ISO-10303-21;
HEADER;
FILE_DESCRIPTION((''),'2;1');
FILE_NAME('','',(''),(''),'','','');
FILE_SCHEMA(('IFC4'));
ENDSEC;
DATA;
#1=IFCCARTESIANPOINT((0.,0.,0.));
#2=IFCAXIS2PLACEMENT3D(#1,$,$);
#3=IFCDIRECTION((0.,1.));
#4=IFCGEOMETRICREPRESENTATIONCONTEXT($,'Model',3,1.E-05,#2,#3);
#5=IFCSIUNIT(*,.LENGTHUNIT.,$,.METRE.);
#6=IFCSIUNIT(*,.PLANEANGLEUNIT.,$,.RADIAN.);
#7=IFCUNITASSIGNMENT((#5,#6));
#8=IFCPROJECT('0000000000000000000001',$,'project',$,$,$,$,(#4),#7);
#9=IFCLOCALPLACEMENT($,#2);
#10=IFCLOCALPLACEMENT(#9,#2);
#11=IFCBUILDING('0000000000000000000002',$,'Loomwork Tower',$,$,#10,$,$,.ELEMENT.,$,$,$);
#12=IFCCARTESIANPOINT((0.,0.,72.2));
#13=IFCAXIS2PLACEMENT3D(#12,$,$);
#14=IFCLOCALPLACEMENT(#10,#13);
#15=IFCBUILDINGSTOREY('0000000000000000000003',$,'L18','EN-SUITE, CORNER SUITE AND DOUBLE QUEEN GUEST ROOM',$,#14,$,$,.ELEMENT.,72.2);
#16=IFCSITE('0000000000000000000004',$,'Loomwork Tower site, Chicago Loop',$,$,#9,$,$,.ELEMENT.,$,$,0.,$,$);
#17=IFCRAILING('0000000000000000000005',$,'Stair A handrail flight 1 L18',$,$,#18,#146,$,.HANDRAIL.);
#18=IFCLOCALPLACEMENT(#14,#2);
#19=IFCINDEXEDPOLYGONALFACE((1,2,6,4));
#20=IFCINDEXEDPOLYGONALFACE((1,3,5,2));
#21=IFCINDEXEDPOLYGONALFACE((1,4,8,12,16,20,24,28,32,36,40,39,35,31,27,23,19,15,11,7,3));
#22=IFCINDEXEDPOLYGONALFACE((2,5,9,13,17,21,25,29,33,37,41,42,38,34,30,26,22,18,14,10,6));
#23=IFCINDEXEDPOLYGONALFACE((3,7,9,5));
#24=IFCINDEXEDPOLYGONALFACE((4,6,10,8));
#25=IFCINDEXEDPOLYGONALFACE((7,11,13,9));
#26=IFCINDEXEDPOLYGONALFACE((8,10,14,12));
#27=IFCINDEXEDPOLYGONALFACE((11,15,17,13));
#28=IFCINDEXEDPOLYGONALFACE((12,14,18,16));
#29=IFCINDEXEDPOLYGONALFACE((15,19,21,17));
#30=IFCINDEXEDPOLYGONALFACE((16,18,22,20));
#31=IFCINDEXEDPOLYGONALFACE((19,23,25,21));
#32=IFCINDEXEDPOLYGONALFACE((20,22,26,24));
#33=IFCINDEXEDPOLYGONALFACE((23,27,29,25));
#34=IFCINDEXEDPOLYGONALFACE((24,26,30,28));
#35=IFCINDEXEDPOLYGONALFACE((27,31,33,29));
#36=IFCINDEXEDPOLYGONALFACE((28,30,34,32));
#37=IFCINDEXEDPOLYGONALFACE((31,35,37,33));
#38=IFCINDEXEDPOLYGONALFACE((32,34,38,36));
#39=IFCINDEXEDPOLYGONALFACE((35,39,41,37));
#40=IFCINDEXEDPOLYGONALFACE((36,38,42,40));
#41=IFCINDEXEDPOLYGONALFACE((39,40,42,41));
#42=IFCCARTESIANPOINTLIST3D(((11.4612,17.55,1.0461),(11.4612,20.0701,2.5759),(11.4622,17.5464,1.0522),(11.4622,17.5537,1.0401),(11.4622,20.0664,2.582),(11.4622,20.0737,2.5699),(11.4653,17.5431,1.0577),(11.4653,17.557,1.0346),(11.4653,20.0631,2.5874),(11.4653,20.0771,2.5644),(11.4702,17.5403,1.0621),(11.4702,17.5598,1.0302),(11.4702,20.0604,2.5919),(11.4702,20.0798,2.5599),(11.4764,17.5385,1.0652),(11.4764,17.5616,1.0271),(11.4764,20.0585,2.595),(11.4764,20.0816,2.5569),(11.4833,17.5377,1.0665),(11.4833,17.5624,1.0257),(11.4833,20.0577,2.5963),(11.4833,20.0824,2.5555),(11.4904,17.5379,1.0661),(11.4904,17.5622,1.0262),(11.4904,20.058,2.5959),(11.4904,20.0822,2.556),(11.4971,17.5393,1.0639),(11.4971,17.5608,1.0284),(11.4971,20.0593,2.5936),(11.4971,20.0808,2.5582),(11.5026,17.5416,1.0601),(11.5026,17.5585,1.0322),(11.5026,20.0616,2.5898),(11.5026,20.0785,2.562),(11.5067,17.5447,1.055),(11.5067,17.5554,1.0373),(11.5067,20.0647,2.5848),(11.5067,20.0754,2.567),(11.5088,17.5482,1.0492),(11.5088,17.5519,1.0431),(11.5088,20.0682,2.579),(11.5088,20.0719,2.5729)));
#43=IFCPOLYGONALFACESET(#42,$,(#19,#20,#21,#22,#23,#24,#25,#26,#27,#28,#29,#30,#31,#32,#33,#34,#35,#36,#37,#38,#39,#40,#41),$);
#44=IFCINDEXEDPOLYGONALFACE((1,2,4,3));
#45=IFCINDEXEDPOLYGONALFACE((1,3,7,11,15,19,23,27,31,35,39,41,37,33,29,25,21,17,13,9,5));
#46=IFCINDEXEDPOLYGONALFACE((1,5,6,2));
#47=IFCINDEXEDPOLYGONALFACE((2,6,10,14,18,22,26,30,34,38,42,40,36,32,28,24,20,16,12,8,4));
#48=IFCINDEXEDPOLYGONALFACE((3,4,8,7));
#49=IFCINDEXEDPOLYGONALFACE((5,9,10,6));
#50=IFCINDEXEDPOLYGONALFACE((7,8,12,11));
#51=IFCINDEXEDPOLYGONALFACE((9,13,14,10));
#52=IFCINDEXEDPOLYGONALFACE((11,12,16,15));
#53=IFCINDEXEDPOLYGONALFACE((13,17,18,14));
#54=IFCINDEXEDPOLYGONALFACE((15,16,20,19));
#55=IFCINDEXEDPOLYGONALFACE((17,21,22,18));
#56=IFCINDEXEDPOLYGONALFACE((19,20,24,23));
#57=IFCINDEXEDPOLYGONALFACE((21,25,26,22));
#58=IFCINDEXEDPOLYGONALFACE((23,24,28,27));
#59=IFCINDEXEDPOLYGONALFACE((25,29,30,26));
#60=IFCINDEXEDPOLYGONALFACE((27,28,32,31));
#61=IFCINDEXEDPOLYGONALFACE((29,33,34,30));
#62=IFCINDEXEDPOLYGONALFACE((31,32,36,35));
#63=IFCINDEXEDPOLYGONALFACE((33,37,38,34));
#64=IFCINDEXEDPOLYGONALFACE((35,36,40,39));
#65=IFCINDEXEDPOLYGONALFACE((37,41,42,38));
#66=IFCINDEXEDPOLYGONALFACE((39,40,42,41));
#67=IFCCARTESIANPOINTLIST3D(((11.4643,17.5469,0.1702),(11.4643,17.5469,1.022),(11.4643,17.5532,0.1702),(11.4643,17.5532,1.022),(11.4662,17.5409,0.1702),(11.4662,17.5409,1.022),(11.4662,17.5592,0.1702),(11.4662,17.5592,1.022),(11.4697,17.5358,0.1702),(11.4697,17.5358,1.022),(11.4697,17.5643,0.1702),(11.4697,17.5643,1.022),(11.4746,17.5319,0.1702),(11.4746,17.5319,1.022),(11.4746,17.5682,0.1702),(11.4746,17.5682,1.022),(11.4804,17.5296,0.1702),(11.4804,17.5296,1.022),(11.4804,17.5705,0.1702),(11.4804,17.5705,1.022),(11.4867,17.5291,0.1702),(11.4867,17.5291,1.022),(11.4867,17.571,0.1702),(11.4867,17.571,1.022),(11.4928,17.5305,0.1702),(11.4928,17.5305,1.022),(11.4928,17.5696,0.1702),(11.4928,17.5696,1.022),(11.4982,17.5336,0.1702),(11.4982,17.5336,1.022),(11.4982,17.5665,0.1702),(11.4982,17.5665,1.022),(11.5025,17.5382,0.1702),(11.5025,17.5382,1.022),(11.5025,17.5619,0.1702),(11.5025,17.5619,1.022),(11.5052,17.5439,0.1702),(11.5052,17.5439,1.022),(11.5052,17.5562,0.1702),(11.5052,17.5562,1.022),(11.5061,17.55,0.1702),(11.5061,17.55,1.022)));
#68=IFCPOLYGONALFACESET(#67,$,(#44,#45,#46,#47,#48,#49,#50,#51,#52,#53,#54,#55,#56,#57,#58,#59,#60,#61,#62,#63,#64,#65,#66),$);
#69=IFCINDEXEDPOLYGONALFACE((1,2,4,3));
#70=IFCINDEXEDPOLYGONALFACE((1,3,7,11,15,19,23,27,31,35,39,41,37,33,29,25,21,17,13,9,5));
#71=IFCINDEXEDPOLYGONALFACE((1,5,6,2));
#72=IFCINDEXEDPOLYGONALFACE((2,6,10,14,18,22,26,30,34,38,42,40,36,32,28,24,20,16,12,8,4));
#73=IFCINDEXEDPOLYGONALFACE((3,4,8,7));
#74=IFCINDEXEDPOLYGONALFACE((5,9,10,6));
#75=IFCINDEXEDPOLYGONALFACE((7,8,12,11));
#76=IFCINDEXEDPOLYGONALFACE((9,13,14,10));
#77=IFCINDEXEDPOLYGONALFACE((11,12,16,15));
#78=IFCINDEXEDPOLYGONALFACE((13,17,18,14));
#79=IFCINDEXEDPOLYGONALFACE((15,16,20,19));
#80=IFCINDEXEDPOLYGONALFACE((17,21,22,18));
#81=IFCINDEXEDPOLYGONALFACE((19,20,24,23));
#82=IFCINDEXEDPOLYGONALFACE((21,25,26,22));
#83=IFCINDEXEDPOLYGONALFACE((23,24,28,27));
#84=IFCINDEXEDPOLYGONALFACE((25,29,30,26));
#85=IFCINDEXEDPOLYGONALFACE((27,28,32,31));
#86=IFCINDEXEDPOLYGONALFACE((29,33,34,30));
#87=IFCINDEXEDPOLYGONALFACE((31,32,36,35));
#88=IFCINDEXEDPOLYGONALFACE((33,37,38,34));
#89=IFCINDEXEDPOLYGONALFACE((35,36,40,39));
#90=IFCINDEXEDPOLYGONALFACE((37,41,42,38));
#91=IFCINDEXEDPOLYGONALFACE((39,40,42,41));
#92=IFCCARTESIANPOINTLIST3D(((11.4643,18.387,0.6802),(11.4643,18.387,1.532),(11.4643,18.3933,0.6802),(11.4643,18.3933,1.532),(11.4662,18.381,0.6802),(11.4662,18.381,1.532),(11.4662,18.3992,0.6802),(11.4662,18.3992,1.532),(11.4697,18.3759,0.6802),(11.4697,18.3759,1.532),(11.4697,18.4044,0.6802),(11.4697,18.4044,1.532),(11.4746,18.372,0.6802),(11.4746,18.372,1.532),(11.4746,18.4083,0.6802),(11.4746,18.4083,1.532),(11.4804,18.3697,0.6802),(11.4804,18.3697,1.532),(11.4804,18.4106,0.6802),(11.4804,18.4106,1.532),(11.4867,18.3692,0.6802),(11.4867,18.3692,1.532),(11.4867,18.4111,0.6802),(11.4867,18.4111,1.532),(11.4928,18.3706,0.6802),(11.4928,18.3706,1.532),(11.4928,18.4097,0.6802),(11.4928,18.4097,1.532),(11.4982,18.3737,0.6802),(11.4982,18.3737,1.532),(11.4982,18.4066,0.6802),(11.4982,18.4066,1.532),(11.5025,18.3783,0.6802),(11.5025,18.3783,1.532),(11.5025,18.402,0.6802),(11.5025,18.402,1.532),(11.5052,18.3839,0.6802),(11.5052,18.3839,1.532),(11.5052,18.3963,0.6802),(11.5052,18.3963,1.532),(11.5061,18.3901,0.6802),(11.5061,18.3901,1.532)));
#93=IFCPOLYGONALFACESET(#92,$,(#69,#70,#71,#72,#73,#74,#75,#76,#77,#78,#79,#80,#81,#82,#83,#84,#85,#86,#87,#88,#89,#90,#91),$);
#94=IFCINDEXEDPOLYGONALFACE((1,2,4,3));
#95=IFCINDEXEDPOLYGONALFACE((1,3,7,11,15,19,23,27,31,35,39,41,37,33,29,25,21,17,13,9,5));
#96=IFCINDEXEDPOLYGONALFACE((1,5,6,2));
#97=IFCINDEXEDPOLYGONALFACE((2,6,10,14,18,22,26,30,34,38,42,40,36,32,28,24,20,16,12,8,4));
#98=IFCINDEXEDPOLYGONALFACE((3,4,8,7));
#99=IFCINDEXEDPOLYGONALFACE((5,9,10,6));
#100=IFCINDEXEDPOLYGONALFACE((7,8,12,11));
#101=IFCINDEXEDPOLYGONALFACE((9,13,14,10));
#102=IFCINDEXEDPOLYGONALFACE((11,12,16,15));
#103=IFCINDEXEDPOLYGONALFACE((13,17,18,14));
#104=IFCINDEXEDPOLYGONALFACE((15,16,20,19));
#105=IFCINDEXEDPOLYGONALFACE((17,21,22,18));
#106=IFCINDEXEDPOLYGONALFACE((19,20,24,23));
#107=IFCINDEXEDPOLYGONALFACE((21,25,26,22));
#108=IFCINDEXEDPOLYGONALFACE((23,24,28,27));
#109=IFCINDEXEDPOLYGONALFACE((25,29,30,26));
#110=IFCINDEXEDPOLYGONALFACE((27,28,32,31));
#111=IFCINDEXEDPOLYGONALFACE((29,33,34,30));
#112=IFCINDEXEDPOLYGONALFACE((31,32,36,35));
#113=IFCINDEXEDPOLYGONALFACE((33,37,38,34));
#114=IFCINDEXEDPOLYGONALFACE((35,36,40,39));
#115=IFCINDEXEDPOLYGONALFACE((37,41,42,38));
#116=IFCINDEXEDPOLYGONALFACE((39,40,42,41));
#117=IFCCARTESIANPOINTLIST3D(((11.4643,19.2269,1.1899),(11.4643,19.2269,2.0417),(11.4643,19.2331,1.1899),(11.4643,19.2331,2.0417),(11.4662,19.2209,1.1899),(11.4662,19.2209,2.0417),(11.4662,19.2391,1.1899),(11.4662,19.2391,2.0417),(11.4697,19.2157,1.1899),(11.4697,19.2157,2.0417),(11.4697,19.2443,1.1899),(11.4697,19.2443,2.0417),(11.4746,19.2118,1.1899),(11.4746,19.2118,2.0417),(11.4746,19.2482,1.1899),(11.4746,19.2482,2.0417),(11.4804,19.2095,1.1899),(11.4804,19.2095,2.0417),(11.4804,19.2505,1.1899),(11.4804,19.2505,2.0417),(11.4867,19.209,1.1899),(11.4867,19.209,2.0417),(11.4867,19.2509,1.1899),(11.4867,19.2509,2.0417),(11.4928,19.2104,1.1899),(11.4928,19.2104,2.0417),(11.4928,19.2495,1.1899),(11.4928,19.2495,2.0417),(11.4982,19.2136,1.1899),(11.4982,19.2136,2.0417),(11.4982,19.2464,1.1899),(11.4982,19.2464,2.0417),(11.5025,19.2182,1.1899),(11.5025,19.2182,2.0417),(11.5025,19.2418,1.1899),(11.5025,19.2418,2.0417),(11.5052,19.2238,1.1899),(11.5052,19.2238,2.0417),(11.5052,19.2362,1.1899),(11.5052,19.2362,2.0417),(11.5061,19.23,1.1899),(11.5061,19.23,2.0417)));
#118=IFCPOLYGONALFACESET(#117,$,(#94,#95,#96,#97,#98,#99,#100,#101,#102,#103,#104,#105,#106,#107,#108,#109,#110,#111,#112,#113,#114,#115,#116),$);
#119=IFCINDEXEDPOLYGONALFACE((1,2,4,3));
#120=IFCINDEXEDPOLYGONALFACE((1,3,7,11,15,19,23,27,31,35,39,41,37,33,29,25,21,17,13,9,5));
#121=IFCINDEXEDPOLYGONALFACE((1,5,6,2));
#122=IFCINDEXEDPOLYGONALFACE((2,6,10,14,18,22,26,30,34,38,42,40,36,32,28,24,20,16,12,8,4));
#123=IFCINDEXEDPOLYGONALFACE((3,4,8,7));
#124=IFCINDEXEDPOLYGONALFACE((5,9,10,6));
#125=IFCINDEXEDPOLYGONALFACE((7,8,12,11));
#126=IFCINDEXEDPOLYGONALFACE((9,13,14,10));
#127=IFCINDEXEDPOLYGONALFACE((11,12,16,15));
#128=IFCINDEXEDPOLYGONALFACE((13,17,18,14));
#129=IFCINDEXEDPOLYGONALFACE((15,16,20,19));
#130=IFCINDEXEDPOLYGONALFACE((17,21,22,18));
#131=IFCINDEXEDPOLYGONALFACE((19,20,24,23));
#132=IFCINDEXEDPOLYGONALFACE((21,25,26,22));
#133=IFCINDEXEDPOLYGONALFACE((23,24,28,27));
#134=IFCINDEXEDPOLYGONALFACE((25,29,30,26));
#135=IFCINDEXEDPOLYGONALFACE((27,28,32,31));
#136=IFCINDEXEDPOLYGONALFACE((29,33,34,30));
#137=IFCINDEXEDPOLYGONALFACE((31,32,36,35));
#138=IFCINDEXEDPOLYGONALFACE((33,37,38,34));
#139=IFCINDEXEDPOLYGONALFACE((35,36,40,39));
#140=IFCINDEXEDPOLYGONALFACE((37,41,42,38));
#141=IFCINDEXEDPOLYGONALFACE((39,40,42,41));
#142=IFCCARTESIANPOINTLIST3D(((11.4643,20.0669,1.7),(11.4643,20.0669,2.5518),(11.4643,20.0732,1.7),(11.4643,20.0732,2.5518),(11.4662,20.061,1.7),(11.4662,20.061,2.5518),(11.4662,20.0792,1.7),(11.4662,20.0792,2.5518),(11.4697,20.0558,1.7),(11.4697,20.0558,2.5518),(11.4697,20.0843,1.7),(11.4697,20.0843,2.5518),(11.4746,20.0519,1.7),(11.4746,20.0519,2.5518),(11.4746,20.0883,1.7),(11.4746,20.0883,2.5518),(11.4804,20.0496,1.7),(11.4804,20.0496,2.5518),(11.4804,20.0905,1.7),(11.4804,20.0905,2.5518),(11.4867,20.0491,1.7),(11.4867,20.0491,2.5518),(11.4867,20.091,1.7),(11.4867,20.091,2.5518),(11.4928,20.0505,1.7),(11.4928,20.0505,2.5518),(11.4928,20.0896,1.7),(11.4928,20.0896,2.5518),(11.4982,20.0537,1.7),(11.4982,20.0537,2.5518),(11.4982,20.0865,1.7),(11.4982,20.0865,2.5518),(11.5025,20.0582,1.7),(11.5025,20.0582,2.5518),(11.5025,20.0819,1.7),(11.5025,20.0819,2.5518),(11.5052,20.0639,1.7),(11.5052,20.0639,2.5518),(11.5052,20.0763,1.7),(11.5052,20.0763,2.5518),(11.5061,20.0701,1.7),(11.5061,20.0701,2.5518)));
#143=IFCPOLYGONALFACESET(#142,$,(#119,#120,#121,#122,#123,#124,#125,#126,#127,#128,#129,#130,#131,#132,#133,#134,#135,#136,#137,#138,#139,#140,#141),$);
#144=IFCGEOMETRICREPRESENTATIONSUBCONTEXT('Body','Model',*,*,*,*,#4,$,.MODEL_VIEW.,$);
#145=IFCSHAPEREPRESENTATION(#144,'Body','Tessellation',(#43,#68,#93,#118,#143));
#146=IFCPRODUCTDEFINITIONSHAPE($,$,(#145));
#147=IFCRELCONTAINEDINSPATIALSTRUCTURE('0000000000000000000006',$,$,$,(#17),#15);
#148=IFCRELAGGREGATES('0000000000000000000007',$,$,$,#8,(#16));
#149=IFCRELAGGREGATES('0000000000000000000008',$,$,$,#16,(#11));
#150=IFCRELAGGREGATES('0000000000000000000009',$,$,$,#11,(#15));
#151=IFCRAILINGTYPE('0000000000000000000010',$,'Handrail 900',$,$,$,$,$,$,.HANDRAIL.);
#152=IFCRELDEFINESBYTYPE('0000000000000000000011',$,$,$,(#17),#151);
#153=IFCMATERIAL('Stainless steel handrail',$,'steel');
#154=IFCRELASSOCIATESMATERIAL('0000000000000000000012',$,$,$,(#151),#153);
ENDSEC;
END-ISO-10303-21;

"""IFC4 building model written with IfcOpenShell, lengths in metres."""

from ifc_helpers import new_model, si_unit, direction, frame, origin, origin_2d, place, context, subcontext, project, spatial, circle, extrude, material, type_object, element, save


model = new_model("IFC4")

# Units and contexts
model_context = context("Model", 3, precision=1e-05, world=origin(), true_north=direction((0.0, 1.0)))
body_context = subcontext(model_context, "Body", "Model", "MODEL_VIEW")
ifc_project = project(units=[si_unit("LENGTHUNIT", "METRE"), si_unit("PLANEANGLEUNIT", "RADIAN")], contexts=[model_context])

# Site, building, storey
site_placement = place(None, origin())
site = spatial("IfcSite", under=ifc_project, at=site_placement, Name="Loomwork Tower site, Chicago Loop", CompositionType="ELEMENT", RefElevation=0.0)
building_placement = place(site_placement, origin())
building = spatial("IfcBuilding", under=site, at=building_placement, Name="Loomwork Tower", CompositionType="ELEMENT")
storey_placement = place(building_placement, frame((0.0, 0.0, 72.2)))
storey = spatial("IfcBuildingStorey", under=building, at=storey_placement, Name="L18", Description="EN-SUITE, CORNER SUITE AND DOUBLE QUEEN GUEST ROOM", CompositionType="ELEMENT", Elevation=72.2)

# Railing
ifc_material_1 = material(Name="Stainless steel handrail", Category="steel")
railing_type = type_object("IfcRailingType", Name="Handrail 900", PredefinedType="HANDRAIL", material=ifc_material_1)
railing_1_placement = place(storey_placement, frame((11.4851, 17.55, 0.1702)))
element("IfcRailing", 1, at=railing_1_placement, inside=storey, type_object=railing_type, Name="Stair A handrail flight 1 L18", PredefinedType="HANDRAIL", context=body_context, shape_type="SweptSolid", body=[
    extrude(circle(Radius=0.0239, at=origin_2d()), frame((0.0, 0.0, 0.876), z_axis=(0.0, 0.854822, 0.518922), x_axis=(-1.0, 0.0, 0.0)), (0.0, 0.0, 1.0), 2.948),
    extrude(circle(Radius=0.021, at=origin_2d()), origin(), (0.0, 0.0, 1.0), 0.8518),
    extrude(circle(Radius=0.021, at=origin_2d()), frame((0.0, 0.8401, 0.51)), (0.0, 0.0, 1.0), 0.8518),
    extrude(circle(Radius=0.021, at=origin_2d()), frame((0.0, 1.6799, 1.0198)), (0.0, 0.0, 1.0), 0.8518),
    extrude(circle(Radius=0.021, at=origin_2d()), frame((0.0, 2.52, 1.5298)), (0.0, 0.0, 1.0), 0.8518),
])

save(model, "model.ifc")
